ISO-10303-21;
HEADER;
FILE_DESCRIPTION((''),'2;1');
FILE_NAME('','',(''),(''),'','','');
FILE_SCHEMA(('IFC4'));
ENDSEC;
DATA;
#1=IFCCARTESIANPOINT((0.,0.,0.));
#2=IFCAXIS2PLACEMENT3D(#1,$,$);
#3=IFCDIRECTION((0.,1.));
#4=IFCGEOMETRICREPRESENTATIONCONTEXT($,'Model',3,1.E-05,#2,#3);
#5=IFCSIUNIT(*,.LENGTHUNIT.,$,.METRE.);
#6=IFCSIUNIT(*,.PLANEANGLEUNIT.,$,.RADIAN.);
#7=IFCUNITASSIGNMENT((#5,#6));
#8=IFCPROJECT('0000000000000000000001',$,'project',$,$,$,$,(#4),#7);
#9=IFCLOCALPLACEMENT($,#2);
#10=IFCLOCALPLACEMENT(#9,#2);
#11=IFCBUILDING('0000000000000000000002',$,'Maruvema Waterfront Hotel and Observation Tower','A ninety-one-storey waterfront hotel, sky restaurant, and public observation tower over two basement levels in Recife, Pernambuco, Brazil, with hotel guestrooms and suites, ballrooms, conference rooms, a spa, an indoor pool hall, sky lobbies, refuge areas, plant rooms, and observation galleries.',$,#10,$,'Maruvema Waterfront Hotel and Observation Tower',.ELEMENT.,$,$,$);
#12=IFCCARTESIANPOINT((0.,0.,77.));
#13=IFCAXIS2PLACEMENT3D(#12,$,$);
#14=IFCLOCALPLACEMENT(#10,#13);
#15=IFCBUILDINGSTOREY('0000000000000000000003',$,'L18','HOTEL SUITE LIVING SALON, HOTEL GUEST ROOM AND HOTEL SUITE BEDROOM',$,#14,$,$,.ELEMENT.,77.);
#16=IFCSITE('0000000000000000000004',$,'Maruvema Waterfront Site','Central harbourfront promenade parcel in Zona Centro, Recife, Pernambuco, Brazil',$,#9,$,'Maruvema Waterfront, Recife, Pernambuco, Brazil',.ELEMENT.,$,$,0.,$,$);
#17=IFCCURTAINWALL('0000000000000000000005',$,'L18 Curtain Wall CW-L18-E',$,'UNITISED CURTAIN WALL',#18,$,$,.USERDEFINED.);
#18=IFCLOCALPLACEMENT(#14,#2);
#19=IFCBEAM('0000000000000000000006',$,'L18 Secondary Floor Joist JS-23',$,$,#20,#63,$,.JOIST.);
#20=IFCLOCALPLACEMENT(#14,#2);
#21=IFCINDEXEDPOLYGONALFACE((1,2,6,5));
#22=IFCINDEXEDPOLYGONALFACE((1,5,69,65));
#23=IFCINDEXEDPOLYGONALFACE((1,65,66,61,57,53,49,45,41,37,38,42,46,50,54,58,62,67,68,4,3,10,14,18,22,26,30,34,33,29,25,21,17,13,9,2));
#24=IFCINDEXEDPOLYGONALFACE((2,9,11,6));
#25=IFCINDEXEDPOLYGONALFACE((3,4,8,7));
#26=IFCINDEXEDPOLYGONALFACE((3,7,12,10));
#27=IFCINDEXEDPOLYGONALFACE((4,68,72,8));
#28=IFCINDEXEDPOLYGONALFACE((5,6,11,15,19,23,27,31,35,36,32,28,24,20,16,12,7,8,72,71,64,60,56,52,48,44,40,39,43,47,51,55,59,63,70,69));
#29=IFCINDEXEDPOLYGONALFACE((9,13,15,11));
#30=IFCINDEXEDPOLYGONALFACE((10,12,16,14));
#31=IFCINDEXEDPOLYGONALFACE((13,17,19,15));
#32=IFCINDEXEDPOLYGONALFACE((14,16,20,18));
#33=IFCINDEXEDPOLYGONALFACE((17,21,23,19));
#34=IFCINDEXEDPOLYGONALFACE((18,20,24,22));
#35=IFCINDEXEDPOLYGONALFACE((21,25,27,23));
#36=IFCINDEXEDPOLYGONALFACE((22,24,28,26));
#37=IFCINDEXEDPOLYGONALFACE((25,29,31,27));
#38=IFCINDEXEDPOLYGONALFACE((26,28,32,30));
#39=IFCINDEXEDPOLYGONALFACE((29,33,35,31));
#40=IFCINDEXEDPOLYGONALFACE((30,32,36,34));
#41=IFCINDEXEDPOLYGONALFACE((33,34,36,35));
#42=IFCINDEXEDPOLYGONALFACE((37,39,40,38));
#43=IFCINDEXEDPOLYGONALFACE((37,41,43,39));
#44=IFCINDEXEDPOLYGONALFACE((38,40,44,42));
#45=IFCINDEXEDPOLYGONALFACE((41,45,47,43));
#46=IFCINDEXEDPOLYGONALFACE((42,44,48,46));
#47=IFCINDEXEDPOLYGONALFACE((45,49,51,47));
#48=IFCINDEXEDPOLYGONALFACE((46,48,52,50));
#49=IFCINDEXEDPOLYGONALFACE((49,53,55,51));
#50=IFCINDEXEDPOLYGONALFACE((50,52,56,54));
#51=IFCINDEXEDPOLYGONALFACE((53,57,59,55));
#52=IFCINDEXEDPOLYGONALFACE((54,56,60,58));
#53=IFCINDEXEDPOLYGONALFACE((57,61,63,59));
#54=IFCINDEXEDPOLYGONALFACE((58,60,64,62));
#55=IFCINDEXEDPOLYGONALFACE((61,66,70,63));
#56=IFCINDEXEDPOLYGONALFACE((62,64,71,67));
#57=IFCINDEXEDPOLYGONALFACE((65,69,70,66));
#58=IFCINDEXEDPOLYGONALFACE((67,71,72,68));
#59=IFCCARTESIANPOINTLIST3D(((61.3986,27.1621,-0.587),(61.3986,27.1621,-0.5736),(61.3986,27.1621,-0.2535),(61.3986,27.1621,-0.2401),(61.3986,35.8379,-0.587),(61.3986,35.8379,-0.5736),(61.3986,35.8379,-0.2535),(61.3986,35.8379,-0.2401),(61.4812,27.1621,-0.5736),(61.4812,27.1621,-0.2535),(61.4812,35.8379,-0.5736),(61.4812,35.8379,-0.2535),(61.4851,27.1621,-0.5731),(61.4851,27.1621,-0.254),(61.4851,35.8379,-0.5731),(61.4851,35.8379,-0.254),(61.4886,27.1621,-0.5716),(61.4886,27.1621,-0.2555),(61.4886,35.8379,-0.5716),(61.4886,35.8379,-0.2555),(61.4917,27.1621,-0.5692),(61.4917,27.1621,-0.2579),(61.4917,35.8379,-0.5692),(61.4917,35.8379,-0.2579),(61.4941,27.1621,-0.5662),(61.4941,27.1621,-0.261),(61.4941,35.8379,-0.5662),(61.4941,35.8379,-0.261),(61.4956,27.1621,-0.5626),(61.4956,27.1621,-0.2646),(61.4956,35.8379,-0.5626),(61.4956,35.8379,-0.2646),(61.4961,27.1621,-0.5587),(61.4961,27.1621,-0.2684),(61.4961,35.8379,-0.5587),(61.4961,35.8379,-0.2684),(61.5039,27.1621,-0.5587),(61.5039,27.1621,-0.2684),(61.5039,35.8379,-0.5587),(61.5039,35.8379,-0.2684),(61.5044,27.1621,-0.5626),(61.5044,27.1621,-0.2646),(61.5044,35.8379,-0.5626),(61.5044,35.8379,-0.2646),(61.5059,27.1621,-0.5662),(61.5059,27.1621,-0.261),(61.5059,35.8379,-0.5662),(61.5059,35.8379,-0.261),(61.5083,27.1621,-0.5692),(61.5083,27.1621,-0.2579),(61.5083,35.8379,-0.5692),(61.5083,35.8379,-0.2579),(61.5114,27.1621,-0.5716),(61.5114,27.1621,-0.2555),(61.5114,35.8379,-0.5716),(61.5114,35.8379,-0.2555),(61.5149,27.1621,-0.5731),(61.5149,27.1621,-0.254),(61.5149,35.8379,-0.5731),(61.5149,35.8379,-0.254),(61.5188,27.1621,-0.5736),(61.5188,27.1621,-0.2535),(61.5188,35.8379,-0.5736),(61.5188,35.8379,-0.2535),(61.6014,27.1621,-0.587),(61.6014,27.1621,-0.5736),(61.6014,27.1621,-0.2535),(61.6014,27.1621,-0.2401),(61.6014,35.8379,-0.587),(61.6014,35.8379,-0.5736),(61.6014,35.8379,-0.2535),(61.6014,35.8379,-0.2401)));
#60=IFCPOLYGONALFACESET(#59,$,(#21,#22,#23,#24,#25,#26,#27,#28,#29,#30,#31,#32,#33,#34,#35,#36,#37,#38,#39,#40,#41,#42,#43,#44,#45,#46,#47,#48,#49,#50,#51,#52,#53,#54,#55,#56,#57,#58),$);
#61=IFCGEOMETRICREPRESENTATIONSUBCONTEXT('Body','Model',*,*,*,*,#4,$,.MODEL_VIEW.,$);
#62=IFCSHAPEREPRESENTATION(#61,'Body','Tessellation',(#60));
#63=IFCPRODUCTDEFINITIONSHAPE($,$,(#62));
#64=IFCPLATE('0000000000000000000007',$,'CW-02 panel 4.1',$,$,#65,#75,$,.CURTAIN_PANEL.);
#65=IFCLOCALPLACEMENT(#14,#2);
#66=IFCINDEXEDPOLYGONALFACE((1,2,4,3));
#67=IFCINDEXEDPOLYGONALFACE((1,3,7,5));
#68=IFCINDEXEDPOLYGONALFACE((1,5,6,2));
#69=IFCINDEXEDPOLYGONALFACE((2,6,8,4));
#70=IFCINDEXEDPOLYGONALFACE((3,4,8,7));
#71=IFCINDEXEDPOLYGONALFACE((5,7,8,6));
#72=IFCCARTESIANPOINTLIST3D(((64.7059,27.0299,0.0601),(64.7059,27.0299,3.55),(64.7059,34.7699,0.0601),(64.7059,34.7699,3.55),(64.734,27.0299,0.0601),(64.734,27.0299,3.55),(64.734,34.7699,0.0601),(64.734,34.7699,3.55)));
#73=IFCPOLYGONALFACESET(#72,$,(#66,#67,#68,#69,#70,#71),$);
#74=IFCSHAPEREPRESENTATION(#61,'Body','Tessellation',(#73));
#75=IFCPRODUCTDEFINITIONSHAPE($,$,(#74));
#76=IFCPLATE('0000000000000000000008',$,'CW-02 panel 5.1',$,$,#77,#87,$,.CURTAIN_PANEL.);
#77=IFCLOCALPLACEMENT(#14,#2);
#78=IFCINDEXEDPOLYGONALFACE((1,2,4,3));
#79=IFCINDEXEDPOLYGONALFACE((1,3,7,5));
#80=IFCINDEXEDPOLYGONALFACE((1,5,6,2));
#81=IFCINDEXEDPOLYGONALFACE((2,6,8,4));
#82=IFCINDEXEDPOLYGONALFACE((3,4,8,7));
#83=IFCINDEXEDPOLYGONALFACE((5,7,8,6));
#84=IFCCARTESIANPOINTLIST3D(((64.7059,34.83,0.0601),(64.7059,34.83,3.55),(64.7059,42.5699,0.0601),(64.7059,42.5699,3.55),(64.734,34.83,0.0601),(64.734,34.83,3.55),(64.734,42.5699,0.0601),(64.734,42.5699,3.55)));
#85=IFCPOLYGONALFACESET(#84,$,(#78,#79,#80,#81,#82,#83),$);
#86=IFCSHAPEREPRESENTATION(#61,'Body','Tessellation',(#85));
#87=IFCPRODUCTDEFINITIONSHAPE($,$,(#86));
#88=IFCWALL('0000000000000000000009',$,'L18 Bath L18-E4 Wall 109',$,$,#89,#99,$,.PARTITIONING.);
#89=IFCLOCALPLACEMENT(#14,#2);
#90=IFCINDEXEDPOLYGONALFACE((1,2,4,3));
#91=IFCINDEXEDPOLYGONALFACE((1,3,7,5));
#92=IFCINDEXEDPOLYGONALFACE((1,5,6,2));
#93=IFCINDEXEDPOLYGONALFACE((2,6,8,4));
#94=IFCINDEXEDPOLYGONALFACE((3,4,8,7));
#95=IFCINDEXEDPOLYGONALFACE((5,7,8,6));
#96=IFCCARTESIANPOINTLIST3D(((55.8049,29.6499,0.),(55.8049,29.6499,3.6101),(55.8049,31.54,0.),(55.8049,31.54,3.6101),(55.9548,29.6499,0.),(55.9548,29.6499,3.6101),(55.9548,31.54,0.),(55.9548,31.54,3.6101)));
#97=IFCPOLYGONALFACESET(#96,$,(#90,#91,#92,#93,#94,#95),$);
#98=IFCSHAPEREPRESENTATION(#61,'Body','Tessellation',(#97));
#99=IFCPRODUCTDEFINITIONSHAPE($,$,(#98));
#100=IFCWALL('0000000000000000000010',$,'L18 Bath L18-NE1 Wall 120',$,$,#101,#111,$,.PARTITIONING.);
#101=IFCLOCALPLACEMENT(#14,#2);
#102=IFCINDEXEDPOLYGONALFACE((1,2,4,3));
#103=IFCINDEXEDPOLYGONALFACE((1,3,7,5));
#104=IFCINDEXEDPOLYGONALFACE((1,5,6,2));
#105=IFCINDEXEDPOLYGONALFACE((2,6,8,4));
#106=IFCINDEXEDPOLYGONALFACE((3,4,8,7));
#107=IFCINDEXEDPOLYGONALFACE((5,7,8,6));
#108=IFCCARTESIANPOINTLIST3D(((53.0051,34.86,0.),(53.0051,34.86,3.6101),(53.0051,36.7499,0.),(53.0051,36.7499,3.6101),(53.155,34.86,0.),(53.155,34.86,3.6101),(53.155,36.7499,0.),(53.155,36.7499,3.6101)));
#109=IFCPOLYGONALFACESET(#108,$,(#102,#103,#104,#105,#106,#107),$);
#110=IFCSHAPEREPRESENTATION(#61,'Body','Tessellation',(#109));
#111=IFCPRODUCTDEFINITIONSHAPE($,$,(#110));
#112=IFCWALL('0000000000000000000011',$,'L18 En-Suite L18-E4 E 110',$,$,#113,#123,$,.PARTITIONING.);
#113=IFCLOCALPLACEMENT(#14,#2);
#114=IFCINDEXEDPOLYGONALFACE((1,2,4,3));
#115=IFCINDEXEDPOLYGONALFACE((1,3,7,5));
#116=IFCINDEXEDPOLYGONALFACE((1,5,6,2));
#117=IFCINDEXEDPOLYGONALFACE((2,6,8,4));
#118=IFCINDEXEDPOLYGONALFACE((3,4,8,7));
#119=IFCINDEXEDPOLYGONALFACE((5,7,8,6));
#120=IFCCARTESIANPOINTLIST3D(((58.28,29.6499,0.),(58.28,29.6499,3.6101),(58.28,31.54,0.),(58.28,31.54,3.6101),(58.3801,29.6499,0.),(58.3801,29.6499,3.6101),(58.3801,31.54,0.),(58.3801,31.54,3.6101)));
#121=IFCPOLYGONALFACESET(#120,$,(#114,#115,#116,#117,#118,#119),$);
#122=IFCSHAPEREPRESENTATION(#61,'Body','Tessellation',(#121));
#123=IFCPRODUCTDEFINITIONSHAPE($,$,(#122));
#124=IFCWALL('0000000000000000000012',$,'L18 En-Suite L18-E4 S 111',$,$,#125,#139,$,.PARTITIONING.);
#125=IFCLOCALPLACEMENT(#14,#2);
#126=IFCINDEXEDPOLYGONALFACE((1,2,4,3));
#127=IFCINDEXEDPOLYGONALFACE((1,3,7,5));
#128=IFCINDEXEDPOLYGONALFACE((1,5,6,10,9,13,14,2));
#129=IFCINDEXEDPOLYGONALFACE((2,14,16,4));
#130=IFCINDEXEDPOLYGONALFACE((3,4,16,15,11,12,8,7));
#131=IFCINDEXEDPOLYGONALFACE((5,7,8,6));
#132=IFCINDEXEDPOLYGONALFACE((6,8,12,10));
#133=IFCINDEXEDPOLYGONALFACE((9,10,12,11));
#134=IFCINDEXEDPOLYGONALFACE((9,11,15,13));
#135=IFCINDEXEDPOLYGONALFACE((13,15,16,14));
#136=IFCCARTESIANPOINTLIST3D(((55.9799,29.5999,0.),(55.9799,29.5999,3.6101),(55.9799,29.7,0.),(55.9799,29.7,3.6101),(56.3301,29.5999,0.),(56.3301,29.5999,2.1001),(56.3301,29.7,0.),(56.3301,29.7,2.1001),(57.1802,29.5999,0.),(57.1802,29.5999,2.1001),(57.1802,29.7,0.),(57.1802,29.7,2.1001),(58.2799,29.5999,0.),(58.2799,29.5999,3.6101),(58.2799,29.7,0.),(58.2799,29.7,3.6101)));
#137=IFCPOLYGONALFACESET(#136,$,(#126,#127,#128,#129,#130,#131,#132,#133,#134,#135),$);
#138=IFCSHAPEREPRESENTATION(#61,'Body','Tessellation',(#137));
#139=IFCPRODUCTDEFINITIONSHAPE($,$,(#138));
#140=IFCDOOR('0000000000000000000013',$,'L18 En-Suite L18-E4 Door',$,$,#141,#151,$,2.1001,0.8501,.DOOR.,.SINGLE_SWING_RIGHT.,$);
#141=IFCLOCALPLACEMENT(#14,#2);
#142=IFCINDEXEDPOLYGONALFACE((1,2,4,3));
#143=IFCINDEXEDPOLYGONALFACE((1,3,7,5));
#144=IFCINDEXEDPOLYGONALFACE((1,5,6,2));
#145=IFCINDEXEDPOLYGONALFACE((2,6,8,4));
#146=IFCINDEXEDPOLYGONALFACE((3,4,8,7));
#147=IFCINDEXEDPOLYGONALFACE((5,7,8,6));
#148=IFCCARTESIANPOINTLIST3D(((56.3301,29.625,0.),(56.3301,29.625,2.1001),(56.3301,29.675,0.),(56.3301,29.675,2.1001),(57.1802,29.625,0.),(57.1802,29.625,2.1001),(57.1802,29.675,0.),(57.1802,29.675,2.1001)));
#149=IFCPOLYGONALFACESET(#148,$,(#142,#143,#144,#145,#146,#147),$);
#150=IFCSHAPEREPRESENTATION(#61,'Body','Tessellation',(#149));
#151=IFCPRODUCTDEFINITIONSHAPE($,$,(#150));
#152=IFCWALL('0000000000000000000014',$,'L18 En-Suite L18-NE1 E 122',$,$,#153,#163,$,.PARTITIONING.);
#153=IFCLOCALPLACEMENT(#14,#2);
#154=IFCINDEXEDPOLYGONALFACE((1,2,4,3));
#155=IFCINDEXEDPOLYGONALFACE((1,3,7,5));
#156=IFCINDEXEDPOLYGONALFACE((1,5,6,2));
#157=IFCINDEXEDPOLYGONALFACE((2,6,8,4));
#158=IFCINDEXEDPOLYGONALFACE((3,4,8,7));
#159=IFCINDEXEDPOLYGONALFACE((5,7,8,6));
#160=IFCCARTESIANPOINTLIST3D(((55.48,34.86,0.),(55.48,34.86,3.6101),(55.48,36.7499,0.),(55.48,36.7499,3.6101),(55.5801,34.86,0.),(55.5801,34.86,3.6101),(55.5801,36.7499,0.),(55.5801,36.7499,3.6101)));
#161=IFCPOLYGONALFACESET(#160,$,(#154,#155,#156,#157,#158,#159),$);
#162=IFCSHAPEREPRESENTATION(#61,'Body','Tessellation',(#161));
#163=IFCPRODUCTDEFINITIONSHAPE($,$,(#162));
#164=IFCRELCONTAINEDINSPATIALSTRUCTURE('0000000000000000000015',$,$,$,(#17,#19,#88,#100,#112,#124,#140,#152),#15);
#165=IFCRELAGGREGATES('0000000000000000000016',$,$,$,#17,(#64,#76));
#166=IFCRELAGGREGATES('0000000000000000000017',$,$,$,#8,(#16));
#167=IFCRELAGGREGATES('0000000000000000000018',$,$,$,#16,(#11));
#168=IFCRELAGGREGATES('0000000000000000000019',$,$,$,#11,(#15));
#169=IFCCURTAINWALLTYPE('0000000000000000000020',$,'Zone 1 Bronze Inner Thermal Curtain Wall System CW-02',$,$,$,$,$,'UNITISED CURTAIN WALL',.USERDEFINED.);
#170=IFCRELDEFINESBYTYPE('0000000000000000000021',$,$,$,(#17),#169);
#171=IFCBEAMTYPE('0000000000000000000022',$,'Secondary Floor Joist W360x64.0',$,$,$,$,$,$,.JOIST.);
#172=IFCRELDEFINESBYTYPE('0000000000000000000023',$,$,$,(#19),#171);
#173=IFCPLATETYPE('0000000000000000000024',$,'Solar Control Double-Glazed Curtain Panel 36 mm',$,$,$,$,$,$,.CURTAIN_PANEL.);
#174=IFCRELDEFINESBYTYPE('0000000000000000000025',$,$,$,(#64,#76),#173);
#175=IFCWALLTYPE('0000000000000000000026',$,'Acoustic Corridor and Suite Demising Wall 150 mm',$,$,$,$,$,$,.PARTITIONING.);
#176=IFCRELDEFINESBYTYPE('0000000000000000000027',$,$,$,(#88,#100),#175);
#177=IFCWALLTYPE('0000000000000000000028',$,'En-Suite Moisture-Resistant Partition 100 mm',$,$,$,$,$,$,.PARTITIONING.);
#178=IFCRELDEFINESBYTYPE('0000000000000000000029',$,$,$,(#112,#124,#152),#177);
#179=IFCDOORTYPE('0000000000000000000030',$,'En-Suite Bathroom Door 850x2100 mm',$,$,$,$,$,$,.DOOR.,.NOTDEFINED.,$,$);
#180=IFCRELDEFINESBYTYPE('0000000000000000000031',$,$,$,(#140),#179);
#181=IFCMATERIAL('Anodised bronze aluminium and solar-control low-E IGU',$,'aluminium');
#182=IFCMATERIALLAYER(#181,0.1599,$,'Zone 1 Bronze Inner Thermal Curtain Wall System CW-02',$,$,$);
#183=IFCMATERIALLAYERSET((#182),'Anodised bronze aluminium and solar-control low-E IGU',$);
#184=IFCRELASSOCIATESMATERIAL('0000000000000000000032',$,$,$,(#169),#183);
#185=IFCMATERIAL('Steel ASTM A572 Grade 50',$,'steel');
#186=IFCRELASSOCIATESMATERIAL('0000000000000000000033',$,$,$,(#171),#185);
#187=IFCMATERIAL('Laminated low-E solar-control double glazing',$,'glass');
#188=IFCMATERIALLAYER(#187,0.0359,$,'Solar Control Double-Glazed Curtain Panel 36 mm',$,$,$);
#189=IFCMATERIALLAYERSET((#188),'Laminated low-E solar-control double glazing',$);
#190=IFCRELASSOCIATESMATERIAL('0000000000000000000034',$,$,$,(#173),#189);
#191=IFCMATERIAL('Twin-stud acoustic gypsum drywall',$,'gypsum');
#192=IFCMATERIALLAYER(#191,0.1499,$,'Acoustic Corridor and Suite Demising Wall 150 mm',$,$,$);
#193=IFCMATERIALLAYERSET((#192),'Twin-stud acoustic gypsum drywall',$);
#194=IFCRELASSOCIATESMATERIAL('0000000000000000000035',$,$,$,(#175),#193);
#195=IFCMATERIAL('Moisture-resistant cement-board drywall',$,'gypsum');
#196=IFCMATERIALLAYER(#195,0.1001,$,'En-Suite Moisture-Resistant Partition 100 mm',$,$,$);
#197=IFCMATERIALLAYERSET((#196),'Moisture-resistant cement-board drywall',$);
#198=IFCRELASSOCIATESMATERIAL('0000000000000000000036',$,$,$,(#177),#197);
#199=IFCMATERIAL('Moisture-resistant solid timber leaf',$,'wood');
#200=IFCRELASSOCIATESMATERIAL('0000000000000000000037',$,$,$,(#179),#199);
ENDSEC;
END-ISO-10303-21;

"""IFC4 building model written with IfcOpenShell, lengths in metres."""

from ifc_helpers import new_model, si_unit, direction, frame, frame_2d, origin, origin_2d, place, context, subcontext, project, spatial, rectangle, i_section, extrude, material, layer, layer_set, material_profile, profile_set, type_object, element, fill, aggregate, save


model = new_model("IFC4")

# Units and contexts
model_context = context("Model", 3, precision=1e-05, world=origin(), true_north=direction((0.0, 1.0)))
body_context = subcontext(model_context, "Body", "Model", "MODEL_VIEW")
ifc_project = project(units=[si_unit("LENGTHUNIT", "METRE"), si_unit("PLANEANGLEUNIT", "RADIAN")], contexts=[model_context])

# Site, building, storey
site_placement = place(None, origin())
site = spatial("IfcSite", under=ifc_project, at=site_placement, Name="Maruvema Waterfront Site", Description="Central harbourfront promenade parcel in Zona Centro, Recife, Pernambuco, Brazil", LongName="Maruvema Waterfront, Recife, Pernambuco, Brazil", CompositionType="ELEMENT", RefElevation=0.0)
building_placement = place(site_placement, origin())
building = spatial("IfcBuilding", under=site, at=building_placement, Name="Maruvema Waterfront Hotel and Observation Tower", Description="A ninety-one-storey waterfront hotel, sky restaurant, and public observation tower over two basement levels in Recife, Pernambuco, Brazil, with hotel guestrooms and suites, ballrooms, conference rooms, a spa, an indoor pool hall, sky lobbies, refuge areas, plant rooms, and observation galleries.", LongName="Maruvema Waterfront Hotel and Observation Tower", CompositionType="ELEMENT")
storey_placement = place(building_placement, frame((0.0, 0.0, 77.0)))
storey = spatial("IfcBuildingStorey", under=building, at=storey_placement, Name="L18", Description="HOTEL SUITE LIVING SALON, HOTEL GUEST ROOM AND HOTEL SUITE BEDROOM", CompositionType="ELEMENT", Elevation=77.0)

# Curtain wall
ifc_material_1 = material(Name="Anodised bronze aluminium and solar-control low-E IGU", Category="aluminium")
ifc_layer_1 = layer(ifc_material_1, 0.1599, Name="Zone 1 Bronze Inner Thermal Curtain Wall System CW-02")
ifc_layer_set_1 = layer_set([ifc_layer_1], Name="Anodised bronze aluminium and solar-control low-E IGU")
curtain_wall_type = type_object("IfcCurtainWallType", Name="Zone 1 Bronze Inner Thermal Curtain Wall System CW-02", ElementType="UNITISED CURTAIN WALL", PredefinedType="USERDEFINED", material=ifc_layer_set_1)
curtain_wall_placement = place(storey_placement, origin())
curtain_wall = element("IfcCurtainWall", 1, at=curtain_wall_placement, inside=storey, type_object=curtain_wall_type, Name="L18 Curtain Wall CW-L18-E", ObjectType="UNITISED CURTAIN WALL", PredefinedType="USERDEFINED")

# Beam
ifc_material_2 = material(Name="Steel ASTM A572 Grade 50", Category="steel")
ifc_material_profile_1 = material_profile(ifc_material_2, i_section(OverallWidth=0.2029, OverallDepth=0.3469, WebThickness=0.0078, FlangeThickness=0.0134, FilletRadius=0.0149, at=origin_2d()), Name="W360x64.0")
ifc_profile_set_1 = profile_set([ifc_material_profile_1], Name="Steel ASTM A572 Grade 50")
beam_type_1 = type_object("IfcBeamType", Name="Secondary Floor Joist W360x64.0", PredefinedType="JOIST", material=ifc_profile_set_1)
beam_1_placement = place(storey_placement, frame((61.5, 27.1621, -0.4136), z_axis=(0.0, 1.0, 0.0), x_axis=(-1.0, 0.0, 0.0)))
element("IfcBeam", 2, at=beam_1_placement, inside=storey, type_object=beam_type_1, Name="L18 Secondary Floor Joist JS-23", PredefinedType="JOIST", context=body_context, shape_type="SweptSolid", body=[
    extrude(i_section(OverallWidth=0.2029, OverallDepth=0.3469, WebThickness=0.0078, FlangeThickness=0.0134, FilletRadius=0.0149, at=origin_2d()), origin(), (0.0, 0.0, 1.0), 8.6758),
])

# Plates
ifc_material_3 = material(Name="Laminated low-E solar-control double glazing", Category="glass")
ifc_layer_2 = layer(ifc_material_3, 0.0359, Name="Solar Control Double-Glazed Curtain Panel 36 mm")
ifc_layer_set_2 = layer_set([ifc_layer_2], Name="Laminated low-E solar-control double glazing")
plate_type = type_object("IfcPlateType", Name="Solar Control Double-Glazed Curtain Panel 36 mm", PredefinedType="CURTAIN_PANEL", material=ifc_layer_set_2)
plate_1_placement = place(storey_placement, frame((64.72, 30.8999, 0.0601), z_axis=(0.0, 0.0, 1.0), x_axis=(0.0, 1.0, 0.0)))
plate_1 = element("IfcPlate", 3, at=plate_1_placement, type_object=plate_type, Name="CW-02 panel 4.1", PredefinedType="CURTAIN_PANEL", context=body_context, shape_type="SweptSolid", body=[
    extrude(rectangle(XDim=7.74, YDim=0.0281, at=origin_2d()), origin(), (0.0, 0.0, 1.0), 3.49),
])
plate_2_placement = place(storey_placement, frame((64.72, 38.7, 0.0601), z_axis=(0.0, 0.0, 1.0), x_axis=(0.0, 1.0, 0.0)))
plate_2 = element("IfcPlate", 4, at=plate_2_placement, type_object=plate_type, Name="CW-02 panel 5.1", PredefinedType="CURTAIN_PANEL", context=body_context, shape_type="SweptSolid", body=[
    extrude(rectangle(XDim=7.74, YDim=0.0281, at=origin_2d()), origin(), (0.0, 0.0, 1.0), 3.49),
])
aggregate(curtain_wall, [plate_1, plate_2])

# Shared definitions
ifc_material_4 = material(Name="Twin-stud acoustic gypsum drywall", Category="gypsum")
ifc_layer_3 = layer(ifc_material_4, 0.1499, Name="Acoustic Corridor and Suite Demising Wall 150 mm")
ifc_layer_set_3 = layer_set([ifc_layer_3], Name="Twin-stud acoustic gypsum drywall")
wall_type_1 = type_object("IfcWallType", Name="Acoustic Corridor and Suite Demising Wall 150 mm", PredefinedType="PARTITIONING", material=ifc_layer_set_3)

# Walls
wall_1_placement = place(storey_placement, frame((55.8799, 29.6499, 0.0), z_axis=(0.0, 0.0, 1.0), x_axis=(0.0, 1.0, 0.0)))
element("IfcWall", 5, at=wall_1_placement, inside=storey, type_object=wall_type_1, Name="L18 Bath L18-E4 Wall 109", PredefinedType="PARTITIONING", context=body_context, shape_type="SweptSolid", body=[
    extrude(rectangle(XDim=1.8901, YDim=0.1499, at=frame_2d((0.9451, 0.0))), origin(), (0.0, 0.0, 1.0), 3.6101),
])
wall_2_placement = place(storey_placement, frame((53.0801, 34.8601, 0.0), z_axis=(0.0, 0.0, 1.0), x_axis=(0.0, 1.0, 0.0)))
element("IfcWall", 6, at=wall_2_placement, inside=storey, type_object=wall_type_1, Name="L18 Bath L18-NE1 Wall 120", PredefinedType="PARTITIONING", context=body_context, shape_type="SweptSolid", body=[
    extrude(rectangle(XDim=1.8899, YDim=0.1499, at=frame_2d((0.9448, 0.0))), origin(), (0.0, 0.0, 1.0), 3.6101),
])

# Wall
ifc_material_5 = material(Name="Moisture-resistant cement-board drywall", Category="gypsum")
ifc_layer_4 = layer(ifc_material_5, 0.1001, Name="En-Suite Moisture-Resistant Partition 100 mm")
ifc_layer_set_4 = layer_set([ifc_layer_4], Name="Moisture-resistant cement-board drywall")
wall_type_2 = type_object("IfcWallType", Name="En-Suite Moisture-Resistant Partition 100 mm", PredefinedType="PARTITIONING", material=ifc_layer_set_4)
wall_3_placement = place(storey_placement, frame((58.3301, 29.6499, 0.0), z_axis=(0.0, 0.0, 1.0), x_axis=(0.0, 1.0, 0.0)))
element("IfcWall", 7, at=wall_3_placement, inside=storey, type_object=wall_type_2, Name="L18 En-Suite L18-E4 E 110", PredefinedType="PARTITIONING", context=body_context, shape_type="SweptSolid", body=[
    extrude(rectangle(XDim=1.8901, YDim=0.1001, at=frame_2d((0.9451, 0.0))), origin(), (0.0, 0.0, 1.0), 3.6101),
])

# Wall, opening, door
wall_4_placement = place(storey_placement, frame((55.98, 29.6499, 0.0), z_axis=(0.0, 0.0, 1.0), x_axis=(1.0, 0.0, 0.0)))
wall_4 = element("IfcWall", 8, at=wall_4_placement, inside=storey, type_object=wall_type_2, Name="L18 En-Suite L18-E4 S 111", PredefinedType="PARTITIONING", context=body_context, shape_type="SweptSolid", body=[
    extrude(rectangle(XDim=2.3, YDim=0.1001, at=frame_2d((1.1499, 0.0))), origin(), (0.0, 0.0, 1.0), 3.6101),
])
opening_1_placement = place(wall_4_placement, frame((0.3501, 0.0, 0.0)))
opening_1 = element("IfcOpeningElement", 9, at=opening_1_placement, cuts=wall_4, PredefinedType="OPENING", context=body_context, shape_type="SweptSolid", body=[
    extrude(rectangle(XDim=0.8501, YDim=2.1001, at=frame_2d((0.425, 1.05))), frame((0.0, 0.0601, 0.0), z_axis=(0.0, -1.0, 0.0), x_axis=(1.0, 0.0, 0.0)), (0.0, 0.0, 1.0), 0.1201),
])
ifc_material_6 = material(Name="Moisture-resistant solid timber leaf", Category="wood")
door_type_1 = type_object("IfcDoorType", Name="En-Suite Bathroom Door 850x2100 mm", OperationType="NOTDEFINED", PredefinedType="DOOR", material=ifc_material_6)
door_1_placement = place(opening_1_placement, frame((0.8501, 0.0, 0.0), z_axis=(0.0, 0.0, 1.0), x_axis=(-1.0, 0.0, 0.0)))
door_1 = element("IfcDoor", 10, at=door_1_placement, inside=storey, type_object=door_type_1, Name="L18 En-Suite L18-E4 Door", OperationType="SINGLE_SWING_RIGHT", OverallHeight=2.1001, OverallWidth=0.8501, PredefinedType="DOOR", context=body_context, shape_type="SweptSolid", body=[
    extrude(rectangle(XDim=0.8501, YDim=2.1001, at=frame_2d((0.425, 1.05))), frame((0.0, 0.0249, 0.0), z_axis=(0.0, -1.0, 0.0), x_axis=(1.0, 0.0, 0.0)), (0.0, 0.0, 1.0), 0.05),
])
fill(opening_1, door_1)

# Wall
wall_5_placement = place(storey_placement, frame((55.53, 34.8601, 0.0), z_axis=(0.0, 0.0, 1.0), x_axis=(0.0, 1.0, 0.0)))
element("IfcWall", 11, at=wall_5_placement, inside=storey, type_object=wall_type_2, Name="L18 En-Suite L18-NE1 E 122", PredefinedType="PARTITIONING", context=body_context, shape_type="SweptSolid", body=[
    extrude(rectangle(XDim=1.8899, YDim=0.1001, at=frame_2d((0.9448, 0.0))), origin(), (0.0, 0.0, 1.0), 3.6101),
])

save(model, "model.ifc")
